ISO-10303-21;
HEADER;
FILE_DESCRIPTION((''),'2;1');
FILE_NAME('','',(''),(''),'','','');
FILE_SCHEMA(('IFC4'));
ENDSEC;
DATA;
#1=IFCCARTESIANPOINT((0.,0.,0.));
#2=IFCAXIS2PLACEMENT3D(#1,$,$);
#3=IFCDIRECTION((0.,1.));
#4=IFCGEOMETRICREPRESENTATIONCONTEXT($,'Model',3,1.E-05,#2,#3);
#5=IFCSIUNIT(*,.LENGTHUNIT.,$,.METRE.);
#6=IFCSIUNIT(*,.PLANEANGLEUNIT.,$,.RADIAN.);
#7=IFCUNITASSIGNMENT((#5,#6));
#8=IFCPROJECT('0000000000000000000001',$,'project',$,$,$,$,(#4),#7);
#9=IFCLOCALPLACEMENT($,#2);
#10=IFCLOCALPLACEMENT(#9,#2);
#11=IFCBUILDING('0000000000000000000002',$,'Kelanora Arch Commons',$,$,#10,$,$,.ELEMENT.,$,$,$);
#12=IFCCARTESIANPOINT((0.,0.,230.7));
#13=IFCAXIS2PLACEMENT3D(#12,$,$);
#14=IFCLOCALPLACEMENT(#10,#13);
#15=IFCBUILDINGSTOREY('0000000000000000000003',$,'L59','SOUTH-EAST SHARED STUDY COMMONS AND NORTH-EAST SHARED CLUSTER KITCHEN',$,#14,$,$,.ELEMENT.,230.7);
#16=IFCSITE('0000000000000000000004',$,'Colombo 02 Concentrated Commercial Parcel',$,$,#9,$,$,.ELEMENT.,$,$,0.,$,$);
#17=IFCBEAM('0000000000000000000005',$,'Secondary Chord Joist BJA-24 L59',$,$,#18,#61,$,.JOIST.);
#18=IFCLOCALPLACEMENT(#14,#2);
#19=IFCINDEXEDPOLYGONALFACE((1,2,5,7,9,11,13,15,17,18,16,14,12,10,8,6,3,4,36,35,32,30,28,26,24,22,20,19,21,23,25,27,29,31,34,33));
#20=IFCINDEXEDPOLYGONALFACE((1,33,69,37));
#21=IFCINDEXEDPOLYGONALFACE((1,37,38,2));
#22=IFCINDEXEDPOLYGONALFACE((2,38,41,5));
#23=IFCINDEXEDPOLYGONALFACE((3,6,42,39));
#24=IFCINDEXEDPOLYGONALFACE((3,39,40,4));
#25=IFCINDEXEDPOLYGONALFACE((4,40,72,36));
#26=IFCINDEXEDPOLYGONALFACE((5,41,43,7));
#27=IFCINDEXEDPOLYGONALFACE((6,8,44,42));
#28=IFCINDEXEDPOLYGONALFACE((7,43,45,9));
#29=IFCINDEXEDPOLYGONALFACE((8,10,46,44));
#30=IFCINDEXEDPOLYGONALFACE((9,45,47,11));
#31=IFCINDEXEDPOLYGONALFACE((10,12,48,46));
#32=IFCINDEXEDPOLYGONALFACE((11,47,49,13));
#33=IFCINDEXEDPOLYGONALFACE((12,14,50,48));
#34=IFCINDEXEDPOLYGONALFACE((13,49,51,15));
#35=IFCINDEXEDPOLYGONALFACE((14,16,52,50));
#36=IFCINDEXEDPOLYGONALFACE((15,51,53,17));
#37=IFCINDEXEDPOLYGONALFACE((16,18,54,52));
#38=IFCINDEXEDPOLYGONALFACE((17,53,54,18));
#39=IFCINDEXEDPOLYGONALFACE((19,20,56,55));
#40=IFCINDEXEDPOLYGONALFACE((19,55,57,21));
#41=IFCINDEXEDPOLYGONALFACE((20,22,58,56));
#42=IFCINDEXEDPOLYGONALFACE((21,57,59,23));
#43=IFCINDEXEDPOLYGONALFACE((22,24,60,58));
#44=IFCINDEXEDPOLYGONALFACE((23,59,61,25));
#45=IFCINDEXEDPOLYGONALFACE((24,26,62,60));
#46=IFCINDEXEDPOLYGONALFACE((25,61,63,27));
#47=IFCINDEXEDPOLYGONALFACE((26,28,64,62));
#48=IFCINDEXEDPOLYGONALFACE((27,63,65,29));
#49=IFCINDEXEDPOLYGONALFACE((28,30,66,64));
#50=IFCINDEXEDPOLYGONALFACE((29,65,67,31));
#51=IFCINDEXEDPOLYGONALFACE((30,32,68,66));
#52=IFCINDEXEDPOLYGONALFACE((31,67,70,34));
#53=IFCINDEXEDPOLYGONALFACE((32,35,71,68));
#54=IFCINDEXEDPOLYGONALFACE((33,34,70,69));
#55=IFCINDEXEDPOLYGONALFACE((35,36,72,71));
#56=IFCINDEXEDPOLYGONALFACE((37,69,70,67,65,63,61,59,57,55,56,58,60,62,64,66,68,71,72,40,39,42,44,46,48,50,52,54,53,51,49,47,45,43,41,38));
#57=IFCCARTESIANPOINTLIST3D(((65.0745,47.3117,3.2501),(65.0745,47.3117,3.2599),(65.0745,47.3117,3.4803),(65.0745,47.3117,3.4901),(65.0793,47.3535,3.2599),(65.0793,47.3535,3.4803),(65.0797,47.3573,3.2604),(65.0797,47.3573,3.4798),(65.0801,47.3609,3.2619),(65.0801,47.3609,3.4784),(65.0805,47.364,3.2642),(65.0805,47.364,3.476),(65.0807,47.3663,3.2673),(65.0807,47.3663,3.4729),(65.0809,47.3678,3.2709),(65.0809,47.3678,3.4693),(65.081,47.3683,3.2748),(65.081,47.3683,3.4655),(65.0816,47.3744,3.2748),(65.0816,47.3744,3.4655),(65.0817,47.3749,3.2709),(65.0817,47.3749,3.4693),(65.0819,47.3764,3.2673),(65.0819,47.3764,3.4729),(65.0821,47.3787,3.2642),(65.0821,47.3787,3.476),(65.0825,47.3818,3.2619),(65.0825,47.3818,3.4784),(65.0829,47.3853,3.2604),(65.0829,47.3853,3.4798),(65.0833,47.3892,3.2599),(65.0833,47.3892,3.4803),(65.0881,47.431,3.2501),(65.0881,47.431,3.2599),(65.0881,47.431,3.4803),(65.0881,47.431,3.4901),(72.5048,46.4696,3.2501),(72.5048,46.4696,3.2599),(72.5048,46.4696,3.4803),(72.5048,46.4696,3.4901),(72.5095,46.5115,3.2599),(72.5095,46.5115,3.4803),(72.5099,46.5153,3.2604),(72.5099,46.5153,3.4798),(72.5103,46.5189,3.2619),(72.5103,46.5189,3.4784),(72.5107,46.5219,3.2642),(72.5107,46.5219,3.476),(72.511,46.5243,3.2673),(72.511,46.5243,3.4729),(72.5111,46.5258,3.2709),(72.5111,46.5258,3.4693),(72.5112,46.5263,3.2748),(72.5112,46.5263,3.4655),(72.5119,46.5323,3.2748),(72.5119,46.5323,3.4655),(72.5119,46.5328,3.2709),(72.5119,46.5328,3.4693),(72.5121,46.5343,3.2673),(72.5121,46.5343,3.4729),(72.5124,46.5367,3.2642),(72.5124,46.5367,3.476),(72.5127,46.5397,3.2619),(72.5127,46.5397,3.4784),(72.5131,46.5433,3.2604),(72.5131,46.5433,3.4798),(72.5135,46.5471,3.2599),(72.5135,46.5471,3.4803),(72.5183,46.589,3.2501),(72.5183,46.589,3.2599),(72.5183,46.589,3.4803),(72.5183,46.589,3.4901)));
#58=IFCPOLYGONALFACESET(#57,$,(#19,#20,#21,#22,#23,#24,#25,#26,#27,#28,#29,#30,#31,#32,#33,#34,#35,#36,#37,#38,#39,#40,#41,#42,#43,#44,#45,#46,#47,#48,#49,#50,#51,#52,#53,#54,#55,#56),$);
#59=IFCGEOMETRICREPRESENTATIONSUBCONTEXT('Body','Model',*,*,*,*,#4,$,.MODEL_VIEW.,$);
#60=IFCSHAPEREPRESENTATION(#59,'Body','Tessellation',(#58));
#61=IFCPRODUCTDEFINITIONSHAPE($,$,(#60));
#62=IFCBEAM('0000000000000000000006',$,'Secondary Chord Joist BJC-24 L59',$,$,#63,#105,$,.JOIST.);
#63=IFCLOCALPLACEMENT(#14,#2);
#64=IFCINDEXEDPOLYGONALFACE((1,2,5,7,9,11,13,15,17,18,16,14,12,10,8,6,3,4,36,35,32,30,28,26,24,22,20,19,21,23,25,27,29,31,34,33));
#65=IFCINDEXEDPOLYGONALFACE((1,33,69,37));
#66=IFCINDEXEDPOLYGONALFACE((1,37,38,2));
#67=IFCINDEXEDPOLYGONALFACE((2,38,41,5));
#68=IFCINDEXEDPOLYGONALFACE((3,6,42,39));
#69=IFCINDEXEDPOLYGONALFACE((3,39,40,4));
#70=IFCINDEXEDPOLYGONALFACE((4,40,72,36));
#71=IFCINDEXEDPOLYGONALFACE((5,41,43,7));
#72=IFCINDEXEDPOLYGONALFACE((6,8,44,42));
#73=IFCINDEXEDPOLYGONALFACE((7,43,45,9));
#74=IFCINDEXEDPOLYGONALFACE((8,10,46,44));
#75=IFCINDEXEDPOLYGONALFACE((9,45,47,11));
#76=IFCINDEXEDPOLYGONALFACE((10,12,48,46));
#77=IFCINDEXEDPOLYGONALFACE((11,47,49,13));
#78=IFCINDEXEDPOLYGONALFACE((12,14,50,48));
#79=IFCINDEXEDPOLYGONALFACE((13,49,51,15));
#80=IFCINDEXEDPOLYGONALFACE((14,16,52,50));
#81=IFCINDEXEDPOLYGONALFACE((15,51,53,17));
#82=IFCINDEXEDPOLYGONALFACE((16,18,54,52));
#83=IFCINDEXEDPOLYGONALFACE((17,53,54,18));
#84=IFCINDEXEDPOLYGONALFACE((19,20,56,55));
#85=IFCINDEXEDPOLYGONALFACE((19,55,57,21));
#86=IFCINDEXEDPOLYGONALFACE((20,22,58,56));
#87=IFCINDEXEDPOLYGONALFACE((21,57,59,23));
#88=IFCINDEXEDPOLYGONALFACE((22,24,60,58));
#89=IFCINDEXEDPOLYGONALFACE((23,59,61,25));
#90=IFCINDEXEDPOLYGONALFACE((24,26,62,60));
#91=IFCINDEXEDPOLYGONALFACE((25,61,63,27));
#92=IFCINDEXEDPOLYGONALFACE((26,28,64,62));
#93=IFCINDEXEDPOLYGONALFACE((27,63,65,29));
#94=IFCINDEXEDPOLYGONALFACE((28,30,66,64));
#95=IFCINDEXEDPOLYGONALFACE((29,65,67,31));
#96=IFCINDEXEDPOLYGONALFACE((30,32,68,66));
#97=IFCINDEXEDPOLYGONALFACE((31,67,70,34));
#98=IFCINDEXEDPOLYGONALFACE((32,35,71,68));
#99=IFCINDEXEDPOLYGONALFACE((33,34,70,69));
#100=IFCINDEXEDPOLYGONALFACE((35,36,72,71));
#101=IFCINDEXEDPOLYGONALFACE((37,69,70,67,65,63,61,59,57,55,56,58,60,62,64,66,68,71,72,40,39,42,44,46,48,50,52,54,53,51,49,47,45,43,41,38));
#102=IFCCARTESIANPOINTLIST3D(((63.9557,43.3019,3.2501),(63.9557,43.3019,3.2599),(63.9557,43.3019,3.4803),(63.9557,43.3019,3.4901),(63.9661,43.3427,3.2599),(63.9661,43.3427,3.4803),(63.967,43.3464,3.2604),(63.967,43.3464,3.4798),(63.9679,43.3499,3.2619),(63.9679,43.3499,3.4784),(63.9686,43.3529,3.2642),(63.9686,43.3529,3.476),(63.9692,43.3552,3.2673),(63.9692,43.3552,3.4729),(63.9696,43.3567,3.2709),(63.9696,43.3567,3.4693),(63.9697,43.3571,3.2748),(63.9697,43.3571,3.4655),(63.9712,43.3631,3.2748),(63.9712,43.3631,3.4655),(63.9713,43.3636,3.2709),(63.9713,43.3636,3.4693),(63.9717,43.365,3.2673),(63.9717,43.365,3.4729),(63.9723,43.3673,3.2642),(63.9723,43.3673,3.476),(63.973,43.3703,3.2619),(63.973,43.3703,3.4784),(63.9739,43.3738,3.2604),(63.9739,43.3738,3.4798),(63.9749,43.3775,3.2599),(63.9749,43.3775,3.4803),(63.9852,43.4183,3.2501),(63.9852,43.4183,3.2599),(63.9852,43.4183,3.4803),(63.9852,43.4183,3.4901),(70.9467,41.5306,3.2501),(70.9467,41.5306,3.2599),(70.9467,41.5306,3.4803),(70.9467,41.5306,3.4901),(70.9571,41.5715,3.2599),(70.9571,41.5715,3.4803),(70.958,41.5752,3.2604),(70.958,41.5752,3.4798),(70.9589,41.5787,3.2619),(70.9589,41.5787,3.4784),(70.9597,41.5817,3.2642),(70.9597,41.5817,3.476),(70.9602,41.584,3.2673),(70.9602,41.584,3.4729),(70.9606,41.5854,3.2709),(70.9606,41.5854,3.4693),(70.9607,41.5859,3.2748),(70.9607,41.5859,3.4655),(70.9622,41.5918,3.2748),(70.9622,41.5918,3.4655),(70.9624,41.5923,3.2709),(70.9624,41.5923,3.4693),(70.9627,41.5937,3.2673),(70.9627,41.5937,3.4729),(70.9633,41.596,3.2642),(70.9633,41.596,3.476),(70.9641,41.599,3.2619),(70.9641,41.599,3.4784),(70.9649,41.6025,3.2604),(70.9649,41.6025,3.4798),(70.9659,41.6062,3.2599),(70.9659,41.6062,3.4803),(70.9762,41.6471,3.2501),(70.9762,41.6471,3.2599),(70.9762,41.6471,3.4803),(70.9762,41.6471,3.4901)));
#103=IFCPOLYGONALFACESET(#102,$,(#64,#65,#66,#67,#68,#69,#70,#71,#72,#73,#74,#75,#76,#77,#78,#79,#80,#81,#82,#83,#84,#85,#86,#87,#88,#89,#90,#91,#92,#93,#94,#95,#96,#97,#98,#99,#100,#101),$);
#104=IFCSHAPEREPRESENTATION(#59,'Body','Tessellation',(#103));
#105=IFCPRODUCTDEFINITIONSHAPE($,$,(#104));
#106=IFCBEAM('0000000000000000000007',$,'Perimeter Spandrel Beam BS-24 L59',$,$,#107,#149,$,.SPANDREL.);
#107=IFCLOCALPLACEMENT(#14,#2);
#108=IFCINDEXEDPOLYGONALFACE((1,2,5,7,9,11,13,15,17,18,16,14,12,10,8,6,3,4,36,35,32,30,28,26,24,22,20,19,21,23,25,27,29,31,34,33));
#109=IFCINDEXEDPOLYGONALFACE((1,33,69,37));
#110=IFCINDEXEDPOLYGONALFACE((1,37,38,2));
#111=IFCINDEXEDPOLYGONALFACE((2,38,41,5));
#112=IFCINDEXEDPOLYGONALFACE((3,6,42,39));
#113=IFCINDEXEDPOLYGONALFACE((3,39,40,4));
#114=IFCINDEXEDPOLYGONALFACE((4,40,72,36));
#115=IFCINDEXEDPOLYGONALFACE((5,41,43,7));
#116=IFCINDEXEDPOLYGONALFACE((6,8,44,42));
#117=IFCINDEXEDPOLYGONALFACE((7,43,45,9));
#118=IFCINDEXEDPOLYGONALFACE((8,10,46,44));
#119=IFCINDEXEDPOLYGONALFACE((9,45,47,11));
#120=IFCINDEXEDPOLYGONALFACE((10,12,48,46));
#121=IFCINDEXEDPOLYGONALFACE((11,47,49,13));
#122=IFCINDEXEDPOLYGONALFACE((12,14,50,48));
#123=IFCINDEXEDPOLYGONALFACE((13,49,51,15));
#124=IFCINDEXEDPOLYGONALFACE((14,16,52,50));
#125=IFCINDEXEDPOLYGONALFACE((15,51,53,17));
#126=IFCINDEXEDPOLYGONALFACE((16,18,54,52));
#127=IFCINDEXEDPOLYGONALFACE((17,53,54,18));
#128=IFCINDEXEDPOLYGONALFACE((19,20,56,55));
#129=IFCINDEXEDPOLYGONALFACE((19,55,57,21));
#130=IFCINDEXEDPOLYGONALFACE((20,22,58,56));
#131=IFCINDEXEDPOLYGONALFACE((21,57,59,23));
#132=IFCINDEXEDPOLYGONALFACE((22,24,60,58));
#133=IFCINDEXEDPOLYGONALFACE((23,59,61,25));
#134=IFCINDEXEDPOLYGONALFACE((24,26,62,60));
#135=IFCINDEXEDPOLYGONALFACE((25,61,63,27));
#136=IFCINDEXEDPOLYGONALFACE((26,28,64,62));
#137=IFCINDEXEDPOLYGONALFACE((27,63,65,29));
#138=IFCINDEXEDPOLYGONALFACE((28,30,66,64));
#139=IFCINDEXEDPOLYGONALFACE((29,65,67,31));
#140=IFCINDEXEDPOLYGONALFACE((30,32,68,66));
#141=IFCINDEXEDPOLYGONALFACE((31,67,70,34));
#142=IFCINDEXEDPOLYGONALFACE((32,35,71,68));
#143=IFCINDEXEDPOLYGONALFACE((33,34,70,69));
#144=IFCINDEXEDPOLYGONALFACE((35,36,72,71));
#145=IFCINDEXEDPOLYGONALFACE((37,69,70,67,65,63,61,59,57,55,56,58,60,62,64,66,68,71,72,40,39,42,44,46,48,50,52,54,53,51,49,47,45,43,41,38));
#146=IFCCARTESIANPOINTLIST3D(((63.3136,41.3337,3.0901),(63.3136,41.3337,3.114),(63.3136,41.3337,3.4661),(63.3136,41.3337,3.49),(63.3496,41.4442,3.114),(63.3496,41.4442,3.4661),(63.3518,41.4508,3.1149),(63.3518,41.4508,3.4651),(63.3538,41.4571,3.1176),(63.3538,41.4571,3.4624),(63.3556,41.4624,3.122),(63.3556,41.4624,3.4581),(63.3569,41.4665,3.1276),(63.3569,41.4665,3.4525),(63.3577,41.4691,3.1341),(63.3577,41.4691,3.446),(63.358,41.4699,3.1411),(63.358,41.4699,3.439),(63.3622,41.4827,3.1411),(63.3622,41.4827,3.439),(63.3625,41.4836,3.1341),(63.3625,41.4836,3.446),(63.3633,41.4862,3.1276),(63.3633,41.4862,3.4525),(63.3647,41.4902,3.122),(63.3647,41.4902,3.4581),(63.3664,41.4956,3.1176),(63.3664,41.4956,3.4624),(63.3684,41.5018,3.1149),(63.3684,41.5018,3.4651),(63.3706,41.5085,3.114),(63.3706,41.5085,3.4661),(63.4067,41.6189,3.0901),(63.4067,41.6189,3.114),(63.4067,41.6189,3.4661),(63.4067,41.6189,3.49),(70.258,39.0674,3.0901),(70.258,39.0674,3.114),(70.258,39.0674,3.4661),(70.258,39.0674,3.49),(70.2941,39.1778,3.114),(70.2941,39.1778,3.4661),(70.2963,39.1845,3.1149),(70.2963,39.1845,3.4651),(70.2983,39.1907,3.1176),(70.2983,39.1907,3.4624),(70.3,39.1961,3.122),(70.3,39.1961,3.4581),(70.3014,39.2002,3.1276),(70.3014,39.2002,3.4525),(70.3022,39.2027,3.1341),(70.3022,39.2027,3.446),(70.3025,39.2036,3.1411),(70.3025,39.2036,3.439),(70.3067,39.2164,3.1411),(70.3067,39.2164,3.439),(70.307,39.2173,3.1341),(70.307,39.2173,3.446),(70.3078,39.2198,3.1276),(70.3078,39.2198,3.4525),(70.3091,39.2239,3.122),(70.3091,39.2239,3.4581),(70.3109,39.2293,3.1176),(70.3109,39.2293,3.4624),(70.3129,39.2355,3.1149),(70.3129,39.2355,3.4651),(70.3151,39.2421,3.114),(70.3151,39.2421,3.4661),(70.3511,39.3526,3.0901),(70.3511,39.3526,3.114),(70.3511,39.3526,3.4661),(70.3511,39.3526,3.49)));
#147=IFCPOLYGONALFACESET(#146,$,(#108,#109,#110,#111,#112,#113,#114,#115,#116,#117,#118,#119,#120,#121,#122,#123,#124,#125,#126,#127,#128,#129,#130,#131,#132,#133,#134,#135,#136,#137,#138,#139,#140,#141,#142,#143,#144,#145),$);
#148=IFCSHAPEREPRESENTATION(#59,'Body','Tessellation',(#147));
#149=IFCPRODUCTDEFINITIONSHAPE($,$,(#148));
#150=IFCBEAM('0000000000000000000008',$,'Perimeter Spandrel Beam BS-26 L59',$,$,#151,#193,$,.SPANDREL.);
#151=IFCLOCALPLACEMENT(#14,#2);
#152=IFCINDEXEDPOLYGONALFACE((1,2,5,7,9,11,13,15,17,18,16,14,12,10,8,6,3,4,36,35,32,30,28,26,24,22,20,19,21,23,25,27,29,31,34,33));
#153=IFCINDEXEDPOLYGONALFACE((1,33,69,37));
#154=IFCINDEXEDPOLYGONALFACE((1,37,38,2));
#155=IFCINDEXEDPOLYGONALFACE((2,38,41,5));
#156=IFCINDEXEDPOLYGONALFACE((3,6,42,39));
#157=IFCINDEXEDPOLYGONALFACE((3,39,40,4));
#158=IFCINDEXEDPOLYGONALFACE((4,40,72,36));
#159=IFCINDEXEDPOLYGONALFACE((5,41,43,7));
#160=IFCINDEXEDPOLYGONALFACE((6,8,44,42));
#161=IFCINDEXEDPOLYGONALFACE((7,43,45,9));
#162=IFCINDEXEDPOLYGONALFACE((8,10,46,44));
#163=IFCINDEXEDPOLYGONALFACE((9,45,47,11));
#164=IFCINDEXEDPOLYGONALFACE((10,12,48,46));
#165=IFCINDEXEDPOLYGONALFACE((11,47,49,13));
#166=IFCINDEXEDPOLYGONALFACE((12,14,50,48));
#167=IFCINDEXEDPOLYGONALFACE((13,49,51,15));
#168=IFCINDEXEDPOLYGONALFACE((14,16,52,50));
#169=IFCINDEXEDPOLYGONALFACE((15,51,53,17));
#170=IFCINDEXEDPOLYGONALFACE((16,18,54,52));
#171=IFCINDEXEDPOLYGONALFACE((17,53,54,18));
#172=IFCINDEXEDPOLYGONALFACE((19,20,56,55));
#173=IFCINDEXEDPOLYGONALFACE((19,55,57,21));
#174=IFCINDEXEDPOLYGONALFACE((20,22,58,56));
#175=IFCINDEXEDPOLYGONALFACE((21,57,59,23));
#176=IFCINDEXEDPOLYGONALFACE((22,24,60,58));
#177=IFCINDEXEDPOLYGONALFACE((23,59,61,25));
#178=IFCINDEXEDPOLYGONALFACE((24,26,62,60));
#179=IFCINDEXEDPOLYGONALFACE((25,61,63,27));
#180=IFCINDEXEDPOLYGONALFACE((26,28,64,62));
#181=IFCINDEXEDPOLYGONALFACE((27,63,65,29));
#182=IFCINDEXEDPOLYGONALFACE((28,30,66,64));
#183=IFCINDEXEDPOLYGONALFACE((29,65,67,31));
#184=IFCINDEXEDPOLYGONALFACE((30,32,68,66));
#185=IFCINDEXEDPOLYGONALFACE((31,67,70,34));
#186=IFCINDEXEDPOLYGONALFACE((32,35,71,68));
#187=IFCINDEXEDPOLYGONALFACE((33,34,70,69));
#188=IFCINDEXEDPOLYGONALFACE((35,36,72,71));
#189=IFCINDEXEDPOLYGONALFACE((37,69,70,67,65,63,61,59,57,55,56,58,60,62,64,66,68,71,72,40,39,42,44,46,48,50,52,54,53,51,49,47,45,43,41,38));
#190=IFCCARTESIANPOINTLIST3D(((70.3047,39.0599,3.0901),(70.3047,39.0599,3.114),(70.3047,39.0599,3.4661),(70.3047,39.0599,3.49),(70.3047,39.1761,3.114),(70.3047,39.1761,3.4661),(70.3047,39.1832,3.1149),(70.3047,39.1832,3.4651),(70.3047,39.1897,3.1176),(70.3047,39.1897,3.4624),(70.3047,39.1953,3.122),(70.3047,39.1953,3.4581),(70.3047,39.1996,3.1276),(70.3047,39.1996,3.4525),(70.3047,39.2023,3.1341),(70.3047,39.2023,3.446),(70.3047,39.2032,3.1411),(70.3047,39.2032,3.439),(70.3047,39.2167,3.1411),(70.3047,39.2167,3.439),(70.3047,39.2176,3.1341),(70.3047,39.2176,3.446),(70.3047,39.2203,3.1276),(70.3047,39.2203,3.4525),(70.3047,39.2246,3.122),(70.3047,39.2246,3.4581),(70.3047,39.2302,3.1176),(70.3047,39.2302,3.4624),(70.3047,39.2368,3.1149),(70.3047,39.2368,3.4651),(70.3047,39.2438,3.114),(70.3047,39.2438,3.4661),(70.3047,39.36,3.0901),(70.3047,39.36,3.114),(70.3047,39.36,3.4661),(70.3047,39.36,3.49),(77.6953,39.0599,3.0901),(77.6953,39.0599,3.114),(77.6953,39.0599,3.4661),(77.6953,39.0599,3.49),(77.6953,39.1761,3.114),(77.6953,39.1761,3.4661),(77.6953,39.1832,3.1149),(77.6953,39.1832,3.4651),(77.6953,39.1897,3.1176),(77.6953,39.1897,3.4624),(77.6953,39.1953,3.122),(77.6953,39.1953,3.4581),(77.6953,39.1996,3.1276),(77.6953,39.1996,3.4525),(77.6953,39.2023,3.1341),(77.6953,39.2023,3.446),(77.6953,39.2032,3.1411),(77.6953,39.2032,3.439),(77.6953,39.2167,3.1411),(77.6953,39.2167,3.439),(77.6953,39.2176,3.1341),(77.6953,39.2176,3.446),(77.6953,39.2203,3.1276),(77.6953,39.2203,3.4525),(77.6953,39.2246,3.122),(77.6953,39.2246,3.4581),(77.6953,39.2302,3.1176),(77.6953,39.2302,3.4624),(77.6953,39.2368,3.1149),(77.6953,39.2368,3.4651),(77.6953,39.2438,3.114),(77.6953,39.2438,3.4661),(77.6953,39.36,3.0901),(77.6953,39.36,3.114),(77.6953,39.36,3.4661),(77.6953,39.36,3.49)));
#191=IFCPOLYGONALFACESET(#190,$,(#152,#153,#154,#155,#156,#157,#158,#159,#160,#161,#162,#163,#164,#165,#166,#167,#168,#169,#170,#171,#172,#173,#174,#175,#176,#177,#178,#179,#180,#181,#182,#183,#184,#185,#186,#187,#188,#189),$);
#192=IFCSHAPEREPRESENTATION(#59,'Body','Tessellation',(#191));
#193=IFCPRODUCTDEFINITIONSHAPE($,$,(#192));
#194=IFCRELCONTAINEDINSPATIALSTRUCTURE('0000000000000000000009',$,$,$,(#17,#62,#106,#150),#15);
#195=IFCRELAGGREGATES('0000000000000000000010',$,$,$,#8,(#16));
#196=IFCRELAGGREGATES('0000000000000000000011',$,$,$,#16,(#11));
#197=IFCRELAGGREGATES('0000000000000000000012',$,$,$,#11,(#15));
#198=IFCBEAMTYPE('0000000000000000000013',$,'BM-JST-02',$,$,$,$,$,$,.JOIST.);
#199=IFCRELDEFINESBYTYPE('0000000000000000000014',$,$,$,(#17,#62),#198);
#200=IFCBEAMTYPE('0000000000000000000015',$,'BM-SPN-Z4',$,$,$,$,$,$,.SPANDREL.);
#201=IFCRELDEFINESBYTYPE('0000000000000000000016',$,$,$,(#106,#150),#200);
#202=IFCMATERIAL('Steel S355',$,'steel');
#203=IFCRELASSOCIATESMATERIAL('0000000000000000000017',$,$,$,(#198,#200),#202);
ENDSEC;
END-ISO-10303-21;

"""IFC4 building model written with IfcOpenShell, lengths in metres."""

from ifc_helpers import new_model, si_unit, direction, frame, origin, origin_2d, place, context, subcontext, project, spatial, i_section, extrude, material, material_profile, profile_set, type_object, element, save


model = new_model("IFC4")

# Units and contexts
model_context = context("Model", 3, precision=1e-05, world=origin(), true_north=direction((0.0, 1.0)))
body_context = subcontext(model_context, "Body", "Model", "MODEL_VIEW")
ifc_project = project(units=[si_unit("LENGTHUNIT", "METRE"), si_unit("PLANEANGLEUNIT", "RADIAN")], contexts=[model_context])

# Site, building, storey
site_placement = place(None, origin())
site = spatial("IfcSite", under=ifc_project, at=site_placement, Name="Colombo 02 Concentrated Commercial Parcel", CompositionType="ELEMENT", RefElevation=0.0)
building_placement = place(site_placement, origin())
building = spatial("IfcBuilding", under=site, at=building_placement, Name="Kelanora Arch Commons", CompositionType="ELEMENT")
storey_placement = place(building_placement, frame((0.0, 0.0, 230.7)))
storey = spatial("IfcBuildingStorey", under=building, at=storey_placement, Name="L59", Description="SOUTH-EAST SHARED STUDY COMMONS AND NORTH-EAST SHARED CLUSTER KITCHEN", CompositionType="ELEMENT", Elevation=230.7)

# Beams
ifc_material_1 = material(Name="Steel S355", Category="steel")
ifc_material_profile_1 = material_profile(ifc_material_1, i_section(OverallWidth=0.1201, OverallDepth=0.24, WebThickness=0.0061, FlangeThickness=0.0098, FilletRadius=0.0149, at=origin_2d()), Name="IPE240")
ifc_profile_set_1 = profile_set([ifc_material_profile_1], Name="Steel S355")
beam_type_1 = type_object("IfcBeamType", Name="BM-JST-02", PredefinedType="JOIST", material=ifc_profile_set_1)
beam_1_placement = place(storey_placement, frame((65.0813, 47.3713, 3.3701), z_axis=(0.99364, -0.112606, 0.0), x_axis=(0.112606, 0.99364, 0.0)))
element("IfcBeam", 1, at=beam_1_placement, inside=storey, type_object=beam_type_1, Name="Secondary Chord Joist BJA-24 L59", PredefinedType="JOIST", context=body_context, shape_type="SweptSolid", body=[
    extrude(i_section(OverallWidth=0.1201, OverallDepth=0.24, WebThickness=0.0061, FlangeThickness=0.0098, FilletRadius=0.0149, at=origin_2d()), origin(), (0.0, 0.0, 1.0), 7.4778),
])
beam_2_placement = place(storey_placement, frame((63.9705, 43.3601, 3.3701), z_axis=(0.969371, -0.245601, 0.0), x_axis=(0.245601, 0.969371, 0.0)))
element("IfcBeam", 2, at=beam_2_placement, inside=storey, type_object=beam_type_1, Name="Secondary Chord Joist BJC-24 L59", PredefinedType="JOIST", context=body_context, shape_type="SweptSolid", body=[
    extrude(i_section(OverallWidth=0.1201, OverallDepth=0.24, WebThickness=0.0061, FlangeThickness=0.0098, FilletRadius=0.0149, at=origin_2d()), origin(), (0.0, 0.0, 1.0), 7.2119),
])
ifc_material_profile_2 = material_profile(ifc_material_1, i_section(OverallWidth=0.3, OverallDepth=0.3999, WebThickness=0.0134, FlangeThickness=0.0239, FilletRadius=0.0271, at=origin_2d()), Name="HEB400")
ifc_profile_set_2 = profile_set([ifc_material_profile_2], Name="Steel S355")
beam_type_2 = type_object("IfcBeamType", Name="BM-SPN-Z4", PredefinedType="SPANDREL", material=ifc_profile_set_2)
beam_3_placement = place(storey_placement, frame((63.3601, 41.4763, 3.29), z_axis=(0.950656, -0.310246, 0.0), x_axis=(0.310246, 0.950656, 0.0)))
element("IfcBeam", 3, at=beam_3_placement, inside=storey, type_object=beam_type_2, Name="Perimeter Spandrel Beam BS-24 L59", PredefinedType="SPANDREL", context=body_context, shape_type="SweptSolid", body=[
    extrude(i_section(OverallWidth=0.3, OverallDepth=0.3999, WebThickness=0.0134, FlangeThickness=0.0239, FilletRadius=0.0271, at=origin_2d()), origin(), (0.0, 0.0, 1.0), 7.3049),
])
beam_4_placement = place(storey_placement, frame((70.3047, 39.21, 3.29), z_axis=(1.0, 0.0, 0.0), x_axis=(0.0, 1.0, 0.0)))
element("IfcBeam", 4, at=beam_4_placement, inside=storey, type_object=beam_type_2, Name="Perimeter Spandrel Beam BS-26 L59", PredefinedType="SPANDREL", context=body_context, shape_type="SweptSolid", body=[
    extrude(i_section(OverallWidth=0.3, OverallDepth=0.3999, WebThickness=0.0134, FlangeThickness=0.0239, FilletRadius=0.0271, at=origin_2d()), origin(), (0.0, 0.0, 1.0), 7.3906),
])

save(model, "model.ifc")
